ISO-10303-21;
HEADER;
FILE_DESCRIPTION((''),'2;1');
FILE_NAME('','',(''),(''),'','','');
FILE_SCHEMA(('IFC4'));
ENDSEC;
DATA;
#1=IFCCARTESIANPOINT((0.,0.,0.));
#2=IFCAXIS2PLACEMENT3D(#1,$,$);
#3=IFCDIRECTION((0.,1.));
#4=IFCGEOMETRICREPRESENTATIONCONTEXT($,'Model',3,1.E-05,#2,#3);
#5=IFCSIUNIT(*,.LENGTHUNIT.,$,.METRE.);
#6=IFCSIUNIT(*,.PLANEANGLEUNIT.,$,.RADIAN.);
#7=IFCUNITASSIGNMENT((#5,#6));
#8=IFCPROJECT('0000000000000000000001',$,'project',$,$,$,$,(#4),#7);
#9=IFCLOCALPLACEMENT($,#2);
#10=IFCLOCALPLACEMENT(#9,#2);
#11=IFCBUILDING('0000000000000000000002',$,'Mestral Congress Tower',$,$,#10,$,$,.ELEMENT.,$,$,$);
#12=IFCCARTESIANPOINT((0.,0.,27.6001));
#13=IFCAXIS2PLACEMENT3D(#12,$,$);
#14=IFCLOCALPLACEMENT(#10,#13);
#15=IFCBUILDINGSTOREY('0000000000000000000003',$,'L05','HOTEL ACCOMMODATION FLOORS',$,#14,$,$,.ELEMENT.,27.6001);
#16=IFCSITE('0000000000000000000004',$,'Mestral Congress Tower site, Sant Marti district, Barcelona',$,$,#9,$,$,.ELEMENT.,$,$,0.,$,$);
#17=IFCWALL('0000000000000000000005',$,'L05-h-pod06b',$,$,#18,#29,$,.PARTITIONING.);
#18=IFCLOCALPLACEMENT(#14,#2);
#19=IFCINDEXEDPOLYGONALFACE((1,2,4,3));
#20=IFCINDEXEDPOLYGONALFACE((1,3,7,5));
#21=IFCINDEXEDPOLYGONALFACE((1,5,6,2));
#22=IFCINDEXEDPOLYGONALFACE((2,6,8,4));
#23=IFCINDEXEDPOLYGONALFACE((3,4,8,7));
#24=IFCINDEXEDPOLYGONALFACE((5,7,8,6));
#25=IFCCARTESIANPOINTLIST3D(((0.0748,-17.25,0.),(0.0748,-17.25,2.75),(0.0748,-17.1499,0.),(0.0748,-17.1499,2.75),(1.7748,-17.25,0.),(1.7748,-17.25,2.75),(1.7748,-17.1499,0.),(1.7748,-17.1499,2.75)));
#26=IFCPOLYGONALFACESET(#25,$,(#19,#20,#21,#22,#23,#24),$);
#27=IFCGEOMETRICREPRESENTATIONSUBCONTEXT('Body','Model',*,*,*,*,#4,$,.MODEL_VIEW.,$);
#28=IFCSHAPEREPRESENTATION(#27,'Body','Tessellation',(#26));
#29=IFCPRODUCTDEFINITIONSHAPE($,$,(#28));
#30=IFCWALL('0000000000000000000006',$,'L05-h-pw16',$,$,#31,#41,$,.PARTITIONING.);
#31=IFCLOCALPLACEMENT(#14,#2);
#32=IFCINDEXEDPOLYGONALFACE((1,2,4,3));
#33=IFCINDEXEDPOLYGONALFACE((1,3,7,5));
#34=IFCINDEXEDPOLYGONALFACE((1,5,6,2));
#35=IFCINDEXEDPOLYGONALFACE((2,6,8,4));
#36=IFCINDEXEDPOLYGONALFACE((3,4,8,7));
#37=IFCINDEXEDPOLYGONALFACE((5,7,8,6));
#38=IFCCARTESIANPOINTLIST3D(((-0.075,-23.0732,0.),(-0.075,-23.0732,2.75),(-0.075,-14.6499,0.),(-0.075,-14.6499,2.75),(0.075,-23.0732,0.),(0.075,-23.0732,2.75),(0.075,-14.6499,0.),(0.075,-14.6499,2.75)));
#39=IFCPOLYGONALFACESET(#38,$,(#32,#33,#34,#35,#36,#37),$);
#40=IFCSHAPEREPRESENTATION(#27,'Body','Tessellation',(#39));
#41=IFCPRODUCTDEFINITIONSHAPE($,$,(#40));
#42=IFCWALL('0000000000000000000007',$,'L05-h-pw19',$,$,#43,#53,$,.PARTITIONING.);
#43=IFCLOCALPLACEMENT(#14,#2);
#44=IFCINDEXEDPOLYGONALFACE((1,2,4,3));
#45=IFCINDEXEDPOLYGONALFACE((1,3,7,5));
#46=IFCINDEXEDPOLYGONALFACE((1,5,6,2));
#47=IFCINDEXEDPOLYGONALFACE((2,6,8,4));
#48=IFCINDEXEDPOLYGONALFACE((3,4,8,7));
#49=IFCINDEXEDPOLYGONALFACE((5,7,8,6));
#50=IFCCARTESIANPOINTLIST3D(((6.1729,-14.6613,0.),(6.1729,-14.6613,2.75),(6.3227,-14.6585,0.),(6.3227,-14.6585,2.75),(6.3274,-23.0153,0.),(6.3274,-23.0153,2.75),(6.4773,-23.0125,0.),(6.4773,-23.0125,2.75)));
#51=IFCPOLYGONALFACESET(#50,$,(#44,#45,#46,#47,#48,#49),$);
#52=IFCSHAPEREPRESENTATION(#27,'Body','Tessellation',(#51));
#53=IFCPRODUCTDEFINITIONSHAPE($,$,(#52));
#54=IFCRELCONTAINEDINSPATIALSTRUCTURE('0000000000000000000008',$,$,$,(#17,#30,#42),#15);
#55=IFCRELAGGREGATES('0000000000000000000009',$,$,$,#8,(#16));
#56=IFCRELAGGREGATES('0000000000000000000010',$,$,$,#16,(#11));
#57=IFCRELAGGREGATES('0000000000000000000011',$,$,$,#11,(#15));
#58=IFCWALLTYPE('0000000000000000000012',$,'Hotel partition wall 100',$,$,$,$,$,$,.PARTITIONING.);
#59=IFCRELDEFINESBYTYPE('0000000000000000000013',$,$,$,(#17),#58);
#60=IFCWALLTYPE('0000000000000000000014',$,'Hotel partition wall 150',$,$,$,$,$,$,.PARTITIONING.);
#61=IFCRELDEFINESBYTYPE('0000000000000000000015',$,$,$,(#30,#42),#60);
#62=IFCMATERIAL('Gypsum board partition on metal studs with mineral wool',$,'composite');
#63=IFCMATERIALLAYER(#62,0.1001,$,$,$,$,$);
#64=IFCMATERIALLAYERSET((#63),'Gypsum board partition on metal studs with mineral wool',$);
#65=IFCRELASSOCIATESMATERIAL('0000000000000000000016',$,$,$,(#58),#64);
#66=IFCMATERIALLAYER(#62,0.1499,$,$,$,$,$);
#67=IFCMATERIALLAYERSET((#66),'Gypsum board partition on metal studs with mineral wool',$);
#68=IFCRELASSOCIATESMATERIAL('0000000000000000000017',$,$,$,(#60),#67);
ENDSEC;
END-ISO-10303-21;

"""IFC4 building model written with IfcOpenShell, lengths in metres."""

from ifc_helpers import new_model, si_unit, direction, frame, frame_2d, origin, place, context, subcontext, project, spatial, rectangle, extrude, material, layer, layer_set, type_object, element, save


model = new_model("IFC4")

# Units and contexts
model_context = context("Model", 3, precision=1e-05, world=origin(), true_north=direction((0.0, 1.0)))
body_context = subcontext(model_context, "Body", "Model", "MODEL_VIEW")
ifc_project = project(units=[si_unit("LENGTHUNIT", "METRE"), si_unit("PLANEANGLEUNIT", "RADIAN")], contexts=[model_context])

# Site, building, storey
site_placement = place(None, origin())
site = spatial("IfcSite", under=ifc_project, at=site_placement, Name="Mestral Congress Tower site, Sant Marti district, Barcelona", CompositionType="ELEMENT", RefElevation=0.0)
building_placement = place(site_placement, origin())
building = spatial("IfcBuilding", under=site, at=building_placement, Name="Mestral Congress Tower", CompositionType="ELEMENT")
storey_placement = place(building_placement, frame((0.0, 0.0, 27.6001)))
storey = spatial("IfcBuildingStorey", under=building, at=storey_placement, Name="L05", Description="HOTEL ACCOMMODATION FLOORS", CompositionType="ELEMENT", Elevation=27.6001)

# Shared definitions
ifc_material_1 = material(Name="Gypsum board partition on metal studs with mineral wool", Category="composite")
ifc_layer_1 = layer(ifc_material_1, 0.1001)
ifc_layer_set_1 = layer_set([ifc_layer_1], Name="Gypsum board partition on metal studs with mineral wool")
wall_type_1 = type_object("IfcWallType", Name="Hotel partition wall 100", PredefinedType="PARTITIONING", material=ifc_layer_set_1)

# Walls
wall_1_placement = place(storey_placement, frame((1.7749, -17.2, 0.0), z_axis=(0.0, 0.0, 1.0), x_axis=(-1.0, 0.0, 0.0)))
element("IfcWall", 1, at=wall_1_placement, inside=storey, type_object=wall_type_1, Name="L05-h-pod06b", PredefinedType="PARTITIONING", context=body_context, shape_type="SweptSolid", body=[
    extrude(rectangle(XDim=1.7, YDim=0.1001, at=frame_2d((0.8501, 0.0))), origin(), (0.0, 0.0, 1.0), 2.75),
])
ifc_layer_2 = layer(ifc_material_1, 0.1499)
ifc_layer_set_2 = layer_set([ifc_layer_2], Name="Gypsum board partition on metal studs with mineral wool")
wall_type_2 = type_object("IfcWallType", Name="Hotel partition wall 150", PredefinedType="PARTITIONING", material=ifc_layer_set_2)
wall_2_placement = place(storey_placement, frame((0.0, -23.0732, 0.0), z_axis=(0.0, 0.0, 1.0), x_axis=(0.0, 1.0, 0.0)))
element("IfcWall", 2, at=wall_2_placement, inside=storey, type_object=wall_type_2, Name="L05-h-pw16", PredefinedType="PARTITIONING", context=body_context, shape_type="SweptSolid", body=[
    extrude(rectangle(XDim=8.4233, YDim=0.1499, at=frame_2d((4.2117, 0.0))), origin(), (0.0, 0.0, 1.0), 2.75),
])
wall_3_placement = place(storey_placement, frame((6.4023, -23.0139, 0.0), z_axis=(0.0, 0.0, 1.0), x_axis=(-0.018496, 0.999829, 0.0)))
element("IfcWall", 3, at=wall_3_placement, inside=storey, type_object=wall_type_2, Name="L05-h-pw19", PredefinedType="PARTITIONING", context=body_context, shape_type="SweptSolid", body=[
    extrude(rectangle(XDim=8.3555, YDim=0.1499, at=frame_2d((4.1777, 0.0))), origin(), (0.0, 0.0, 1.0), 2.75),
])

save(model, "model.ifc")
